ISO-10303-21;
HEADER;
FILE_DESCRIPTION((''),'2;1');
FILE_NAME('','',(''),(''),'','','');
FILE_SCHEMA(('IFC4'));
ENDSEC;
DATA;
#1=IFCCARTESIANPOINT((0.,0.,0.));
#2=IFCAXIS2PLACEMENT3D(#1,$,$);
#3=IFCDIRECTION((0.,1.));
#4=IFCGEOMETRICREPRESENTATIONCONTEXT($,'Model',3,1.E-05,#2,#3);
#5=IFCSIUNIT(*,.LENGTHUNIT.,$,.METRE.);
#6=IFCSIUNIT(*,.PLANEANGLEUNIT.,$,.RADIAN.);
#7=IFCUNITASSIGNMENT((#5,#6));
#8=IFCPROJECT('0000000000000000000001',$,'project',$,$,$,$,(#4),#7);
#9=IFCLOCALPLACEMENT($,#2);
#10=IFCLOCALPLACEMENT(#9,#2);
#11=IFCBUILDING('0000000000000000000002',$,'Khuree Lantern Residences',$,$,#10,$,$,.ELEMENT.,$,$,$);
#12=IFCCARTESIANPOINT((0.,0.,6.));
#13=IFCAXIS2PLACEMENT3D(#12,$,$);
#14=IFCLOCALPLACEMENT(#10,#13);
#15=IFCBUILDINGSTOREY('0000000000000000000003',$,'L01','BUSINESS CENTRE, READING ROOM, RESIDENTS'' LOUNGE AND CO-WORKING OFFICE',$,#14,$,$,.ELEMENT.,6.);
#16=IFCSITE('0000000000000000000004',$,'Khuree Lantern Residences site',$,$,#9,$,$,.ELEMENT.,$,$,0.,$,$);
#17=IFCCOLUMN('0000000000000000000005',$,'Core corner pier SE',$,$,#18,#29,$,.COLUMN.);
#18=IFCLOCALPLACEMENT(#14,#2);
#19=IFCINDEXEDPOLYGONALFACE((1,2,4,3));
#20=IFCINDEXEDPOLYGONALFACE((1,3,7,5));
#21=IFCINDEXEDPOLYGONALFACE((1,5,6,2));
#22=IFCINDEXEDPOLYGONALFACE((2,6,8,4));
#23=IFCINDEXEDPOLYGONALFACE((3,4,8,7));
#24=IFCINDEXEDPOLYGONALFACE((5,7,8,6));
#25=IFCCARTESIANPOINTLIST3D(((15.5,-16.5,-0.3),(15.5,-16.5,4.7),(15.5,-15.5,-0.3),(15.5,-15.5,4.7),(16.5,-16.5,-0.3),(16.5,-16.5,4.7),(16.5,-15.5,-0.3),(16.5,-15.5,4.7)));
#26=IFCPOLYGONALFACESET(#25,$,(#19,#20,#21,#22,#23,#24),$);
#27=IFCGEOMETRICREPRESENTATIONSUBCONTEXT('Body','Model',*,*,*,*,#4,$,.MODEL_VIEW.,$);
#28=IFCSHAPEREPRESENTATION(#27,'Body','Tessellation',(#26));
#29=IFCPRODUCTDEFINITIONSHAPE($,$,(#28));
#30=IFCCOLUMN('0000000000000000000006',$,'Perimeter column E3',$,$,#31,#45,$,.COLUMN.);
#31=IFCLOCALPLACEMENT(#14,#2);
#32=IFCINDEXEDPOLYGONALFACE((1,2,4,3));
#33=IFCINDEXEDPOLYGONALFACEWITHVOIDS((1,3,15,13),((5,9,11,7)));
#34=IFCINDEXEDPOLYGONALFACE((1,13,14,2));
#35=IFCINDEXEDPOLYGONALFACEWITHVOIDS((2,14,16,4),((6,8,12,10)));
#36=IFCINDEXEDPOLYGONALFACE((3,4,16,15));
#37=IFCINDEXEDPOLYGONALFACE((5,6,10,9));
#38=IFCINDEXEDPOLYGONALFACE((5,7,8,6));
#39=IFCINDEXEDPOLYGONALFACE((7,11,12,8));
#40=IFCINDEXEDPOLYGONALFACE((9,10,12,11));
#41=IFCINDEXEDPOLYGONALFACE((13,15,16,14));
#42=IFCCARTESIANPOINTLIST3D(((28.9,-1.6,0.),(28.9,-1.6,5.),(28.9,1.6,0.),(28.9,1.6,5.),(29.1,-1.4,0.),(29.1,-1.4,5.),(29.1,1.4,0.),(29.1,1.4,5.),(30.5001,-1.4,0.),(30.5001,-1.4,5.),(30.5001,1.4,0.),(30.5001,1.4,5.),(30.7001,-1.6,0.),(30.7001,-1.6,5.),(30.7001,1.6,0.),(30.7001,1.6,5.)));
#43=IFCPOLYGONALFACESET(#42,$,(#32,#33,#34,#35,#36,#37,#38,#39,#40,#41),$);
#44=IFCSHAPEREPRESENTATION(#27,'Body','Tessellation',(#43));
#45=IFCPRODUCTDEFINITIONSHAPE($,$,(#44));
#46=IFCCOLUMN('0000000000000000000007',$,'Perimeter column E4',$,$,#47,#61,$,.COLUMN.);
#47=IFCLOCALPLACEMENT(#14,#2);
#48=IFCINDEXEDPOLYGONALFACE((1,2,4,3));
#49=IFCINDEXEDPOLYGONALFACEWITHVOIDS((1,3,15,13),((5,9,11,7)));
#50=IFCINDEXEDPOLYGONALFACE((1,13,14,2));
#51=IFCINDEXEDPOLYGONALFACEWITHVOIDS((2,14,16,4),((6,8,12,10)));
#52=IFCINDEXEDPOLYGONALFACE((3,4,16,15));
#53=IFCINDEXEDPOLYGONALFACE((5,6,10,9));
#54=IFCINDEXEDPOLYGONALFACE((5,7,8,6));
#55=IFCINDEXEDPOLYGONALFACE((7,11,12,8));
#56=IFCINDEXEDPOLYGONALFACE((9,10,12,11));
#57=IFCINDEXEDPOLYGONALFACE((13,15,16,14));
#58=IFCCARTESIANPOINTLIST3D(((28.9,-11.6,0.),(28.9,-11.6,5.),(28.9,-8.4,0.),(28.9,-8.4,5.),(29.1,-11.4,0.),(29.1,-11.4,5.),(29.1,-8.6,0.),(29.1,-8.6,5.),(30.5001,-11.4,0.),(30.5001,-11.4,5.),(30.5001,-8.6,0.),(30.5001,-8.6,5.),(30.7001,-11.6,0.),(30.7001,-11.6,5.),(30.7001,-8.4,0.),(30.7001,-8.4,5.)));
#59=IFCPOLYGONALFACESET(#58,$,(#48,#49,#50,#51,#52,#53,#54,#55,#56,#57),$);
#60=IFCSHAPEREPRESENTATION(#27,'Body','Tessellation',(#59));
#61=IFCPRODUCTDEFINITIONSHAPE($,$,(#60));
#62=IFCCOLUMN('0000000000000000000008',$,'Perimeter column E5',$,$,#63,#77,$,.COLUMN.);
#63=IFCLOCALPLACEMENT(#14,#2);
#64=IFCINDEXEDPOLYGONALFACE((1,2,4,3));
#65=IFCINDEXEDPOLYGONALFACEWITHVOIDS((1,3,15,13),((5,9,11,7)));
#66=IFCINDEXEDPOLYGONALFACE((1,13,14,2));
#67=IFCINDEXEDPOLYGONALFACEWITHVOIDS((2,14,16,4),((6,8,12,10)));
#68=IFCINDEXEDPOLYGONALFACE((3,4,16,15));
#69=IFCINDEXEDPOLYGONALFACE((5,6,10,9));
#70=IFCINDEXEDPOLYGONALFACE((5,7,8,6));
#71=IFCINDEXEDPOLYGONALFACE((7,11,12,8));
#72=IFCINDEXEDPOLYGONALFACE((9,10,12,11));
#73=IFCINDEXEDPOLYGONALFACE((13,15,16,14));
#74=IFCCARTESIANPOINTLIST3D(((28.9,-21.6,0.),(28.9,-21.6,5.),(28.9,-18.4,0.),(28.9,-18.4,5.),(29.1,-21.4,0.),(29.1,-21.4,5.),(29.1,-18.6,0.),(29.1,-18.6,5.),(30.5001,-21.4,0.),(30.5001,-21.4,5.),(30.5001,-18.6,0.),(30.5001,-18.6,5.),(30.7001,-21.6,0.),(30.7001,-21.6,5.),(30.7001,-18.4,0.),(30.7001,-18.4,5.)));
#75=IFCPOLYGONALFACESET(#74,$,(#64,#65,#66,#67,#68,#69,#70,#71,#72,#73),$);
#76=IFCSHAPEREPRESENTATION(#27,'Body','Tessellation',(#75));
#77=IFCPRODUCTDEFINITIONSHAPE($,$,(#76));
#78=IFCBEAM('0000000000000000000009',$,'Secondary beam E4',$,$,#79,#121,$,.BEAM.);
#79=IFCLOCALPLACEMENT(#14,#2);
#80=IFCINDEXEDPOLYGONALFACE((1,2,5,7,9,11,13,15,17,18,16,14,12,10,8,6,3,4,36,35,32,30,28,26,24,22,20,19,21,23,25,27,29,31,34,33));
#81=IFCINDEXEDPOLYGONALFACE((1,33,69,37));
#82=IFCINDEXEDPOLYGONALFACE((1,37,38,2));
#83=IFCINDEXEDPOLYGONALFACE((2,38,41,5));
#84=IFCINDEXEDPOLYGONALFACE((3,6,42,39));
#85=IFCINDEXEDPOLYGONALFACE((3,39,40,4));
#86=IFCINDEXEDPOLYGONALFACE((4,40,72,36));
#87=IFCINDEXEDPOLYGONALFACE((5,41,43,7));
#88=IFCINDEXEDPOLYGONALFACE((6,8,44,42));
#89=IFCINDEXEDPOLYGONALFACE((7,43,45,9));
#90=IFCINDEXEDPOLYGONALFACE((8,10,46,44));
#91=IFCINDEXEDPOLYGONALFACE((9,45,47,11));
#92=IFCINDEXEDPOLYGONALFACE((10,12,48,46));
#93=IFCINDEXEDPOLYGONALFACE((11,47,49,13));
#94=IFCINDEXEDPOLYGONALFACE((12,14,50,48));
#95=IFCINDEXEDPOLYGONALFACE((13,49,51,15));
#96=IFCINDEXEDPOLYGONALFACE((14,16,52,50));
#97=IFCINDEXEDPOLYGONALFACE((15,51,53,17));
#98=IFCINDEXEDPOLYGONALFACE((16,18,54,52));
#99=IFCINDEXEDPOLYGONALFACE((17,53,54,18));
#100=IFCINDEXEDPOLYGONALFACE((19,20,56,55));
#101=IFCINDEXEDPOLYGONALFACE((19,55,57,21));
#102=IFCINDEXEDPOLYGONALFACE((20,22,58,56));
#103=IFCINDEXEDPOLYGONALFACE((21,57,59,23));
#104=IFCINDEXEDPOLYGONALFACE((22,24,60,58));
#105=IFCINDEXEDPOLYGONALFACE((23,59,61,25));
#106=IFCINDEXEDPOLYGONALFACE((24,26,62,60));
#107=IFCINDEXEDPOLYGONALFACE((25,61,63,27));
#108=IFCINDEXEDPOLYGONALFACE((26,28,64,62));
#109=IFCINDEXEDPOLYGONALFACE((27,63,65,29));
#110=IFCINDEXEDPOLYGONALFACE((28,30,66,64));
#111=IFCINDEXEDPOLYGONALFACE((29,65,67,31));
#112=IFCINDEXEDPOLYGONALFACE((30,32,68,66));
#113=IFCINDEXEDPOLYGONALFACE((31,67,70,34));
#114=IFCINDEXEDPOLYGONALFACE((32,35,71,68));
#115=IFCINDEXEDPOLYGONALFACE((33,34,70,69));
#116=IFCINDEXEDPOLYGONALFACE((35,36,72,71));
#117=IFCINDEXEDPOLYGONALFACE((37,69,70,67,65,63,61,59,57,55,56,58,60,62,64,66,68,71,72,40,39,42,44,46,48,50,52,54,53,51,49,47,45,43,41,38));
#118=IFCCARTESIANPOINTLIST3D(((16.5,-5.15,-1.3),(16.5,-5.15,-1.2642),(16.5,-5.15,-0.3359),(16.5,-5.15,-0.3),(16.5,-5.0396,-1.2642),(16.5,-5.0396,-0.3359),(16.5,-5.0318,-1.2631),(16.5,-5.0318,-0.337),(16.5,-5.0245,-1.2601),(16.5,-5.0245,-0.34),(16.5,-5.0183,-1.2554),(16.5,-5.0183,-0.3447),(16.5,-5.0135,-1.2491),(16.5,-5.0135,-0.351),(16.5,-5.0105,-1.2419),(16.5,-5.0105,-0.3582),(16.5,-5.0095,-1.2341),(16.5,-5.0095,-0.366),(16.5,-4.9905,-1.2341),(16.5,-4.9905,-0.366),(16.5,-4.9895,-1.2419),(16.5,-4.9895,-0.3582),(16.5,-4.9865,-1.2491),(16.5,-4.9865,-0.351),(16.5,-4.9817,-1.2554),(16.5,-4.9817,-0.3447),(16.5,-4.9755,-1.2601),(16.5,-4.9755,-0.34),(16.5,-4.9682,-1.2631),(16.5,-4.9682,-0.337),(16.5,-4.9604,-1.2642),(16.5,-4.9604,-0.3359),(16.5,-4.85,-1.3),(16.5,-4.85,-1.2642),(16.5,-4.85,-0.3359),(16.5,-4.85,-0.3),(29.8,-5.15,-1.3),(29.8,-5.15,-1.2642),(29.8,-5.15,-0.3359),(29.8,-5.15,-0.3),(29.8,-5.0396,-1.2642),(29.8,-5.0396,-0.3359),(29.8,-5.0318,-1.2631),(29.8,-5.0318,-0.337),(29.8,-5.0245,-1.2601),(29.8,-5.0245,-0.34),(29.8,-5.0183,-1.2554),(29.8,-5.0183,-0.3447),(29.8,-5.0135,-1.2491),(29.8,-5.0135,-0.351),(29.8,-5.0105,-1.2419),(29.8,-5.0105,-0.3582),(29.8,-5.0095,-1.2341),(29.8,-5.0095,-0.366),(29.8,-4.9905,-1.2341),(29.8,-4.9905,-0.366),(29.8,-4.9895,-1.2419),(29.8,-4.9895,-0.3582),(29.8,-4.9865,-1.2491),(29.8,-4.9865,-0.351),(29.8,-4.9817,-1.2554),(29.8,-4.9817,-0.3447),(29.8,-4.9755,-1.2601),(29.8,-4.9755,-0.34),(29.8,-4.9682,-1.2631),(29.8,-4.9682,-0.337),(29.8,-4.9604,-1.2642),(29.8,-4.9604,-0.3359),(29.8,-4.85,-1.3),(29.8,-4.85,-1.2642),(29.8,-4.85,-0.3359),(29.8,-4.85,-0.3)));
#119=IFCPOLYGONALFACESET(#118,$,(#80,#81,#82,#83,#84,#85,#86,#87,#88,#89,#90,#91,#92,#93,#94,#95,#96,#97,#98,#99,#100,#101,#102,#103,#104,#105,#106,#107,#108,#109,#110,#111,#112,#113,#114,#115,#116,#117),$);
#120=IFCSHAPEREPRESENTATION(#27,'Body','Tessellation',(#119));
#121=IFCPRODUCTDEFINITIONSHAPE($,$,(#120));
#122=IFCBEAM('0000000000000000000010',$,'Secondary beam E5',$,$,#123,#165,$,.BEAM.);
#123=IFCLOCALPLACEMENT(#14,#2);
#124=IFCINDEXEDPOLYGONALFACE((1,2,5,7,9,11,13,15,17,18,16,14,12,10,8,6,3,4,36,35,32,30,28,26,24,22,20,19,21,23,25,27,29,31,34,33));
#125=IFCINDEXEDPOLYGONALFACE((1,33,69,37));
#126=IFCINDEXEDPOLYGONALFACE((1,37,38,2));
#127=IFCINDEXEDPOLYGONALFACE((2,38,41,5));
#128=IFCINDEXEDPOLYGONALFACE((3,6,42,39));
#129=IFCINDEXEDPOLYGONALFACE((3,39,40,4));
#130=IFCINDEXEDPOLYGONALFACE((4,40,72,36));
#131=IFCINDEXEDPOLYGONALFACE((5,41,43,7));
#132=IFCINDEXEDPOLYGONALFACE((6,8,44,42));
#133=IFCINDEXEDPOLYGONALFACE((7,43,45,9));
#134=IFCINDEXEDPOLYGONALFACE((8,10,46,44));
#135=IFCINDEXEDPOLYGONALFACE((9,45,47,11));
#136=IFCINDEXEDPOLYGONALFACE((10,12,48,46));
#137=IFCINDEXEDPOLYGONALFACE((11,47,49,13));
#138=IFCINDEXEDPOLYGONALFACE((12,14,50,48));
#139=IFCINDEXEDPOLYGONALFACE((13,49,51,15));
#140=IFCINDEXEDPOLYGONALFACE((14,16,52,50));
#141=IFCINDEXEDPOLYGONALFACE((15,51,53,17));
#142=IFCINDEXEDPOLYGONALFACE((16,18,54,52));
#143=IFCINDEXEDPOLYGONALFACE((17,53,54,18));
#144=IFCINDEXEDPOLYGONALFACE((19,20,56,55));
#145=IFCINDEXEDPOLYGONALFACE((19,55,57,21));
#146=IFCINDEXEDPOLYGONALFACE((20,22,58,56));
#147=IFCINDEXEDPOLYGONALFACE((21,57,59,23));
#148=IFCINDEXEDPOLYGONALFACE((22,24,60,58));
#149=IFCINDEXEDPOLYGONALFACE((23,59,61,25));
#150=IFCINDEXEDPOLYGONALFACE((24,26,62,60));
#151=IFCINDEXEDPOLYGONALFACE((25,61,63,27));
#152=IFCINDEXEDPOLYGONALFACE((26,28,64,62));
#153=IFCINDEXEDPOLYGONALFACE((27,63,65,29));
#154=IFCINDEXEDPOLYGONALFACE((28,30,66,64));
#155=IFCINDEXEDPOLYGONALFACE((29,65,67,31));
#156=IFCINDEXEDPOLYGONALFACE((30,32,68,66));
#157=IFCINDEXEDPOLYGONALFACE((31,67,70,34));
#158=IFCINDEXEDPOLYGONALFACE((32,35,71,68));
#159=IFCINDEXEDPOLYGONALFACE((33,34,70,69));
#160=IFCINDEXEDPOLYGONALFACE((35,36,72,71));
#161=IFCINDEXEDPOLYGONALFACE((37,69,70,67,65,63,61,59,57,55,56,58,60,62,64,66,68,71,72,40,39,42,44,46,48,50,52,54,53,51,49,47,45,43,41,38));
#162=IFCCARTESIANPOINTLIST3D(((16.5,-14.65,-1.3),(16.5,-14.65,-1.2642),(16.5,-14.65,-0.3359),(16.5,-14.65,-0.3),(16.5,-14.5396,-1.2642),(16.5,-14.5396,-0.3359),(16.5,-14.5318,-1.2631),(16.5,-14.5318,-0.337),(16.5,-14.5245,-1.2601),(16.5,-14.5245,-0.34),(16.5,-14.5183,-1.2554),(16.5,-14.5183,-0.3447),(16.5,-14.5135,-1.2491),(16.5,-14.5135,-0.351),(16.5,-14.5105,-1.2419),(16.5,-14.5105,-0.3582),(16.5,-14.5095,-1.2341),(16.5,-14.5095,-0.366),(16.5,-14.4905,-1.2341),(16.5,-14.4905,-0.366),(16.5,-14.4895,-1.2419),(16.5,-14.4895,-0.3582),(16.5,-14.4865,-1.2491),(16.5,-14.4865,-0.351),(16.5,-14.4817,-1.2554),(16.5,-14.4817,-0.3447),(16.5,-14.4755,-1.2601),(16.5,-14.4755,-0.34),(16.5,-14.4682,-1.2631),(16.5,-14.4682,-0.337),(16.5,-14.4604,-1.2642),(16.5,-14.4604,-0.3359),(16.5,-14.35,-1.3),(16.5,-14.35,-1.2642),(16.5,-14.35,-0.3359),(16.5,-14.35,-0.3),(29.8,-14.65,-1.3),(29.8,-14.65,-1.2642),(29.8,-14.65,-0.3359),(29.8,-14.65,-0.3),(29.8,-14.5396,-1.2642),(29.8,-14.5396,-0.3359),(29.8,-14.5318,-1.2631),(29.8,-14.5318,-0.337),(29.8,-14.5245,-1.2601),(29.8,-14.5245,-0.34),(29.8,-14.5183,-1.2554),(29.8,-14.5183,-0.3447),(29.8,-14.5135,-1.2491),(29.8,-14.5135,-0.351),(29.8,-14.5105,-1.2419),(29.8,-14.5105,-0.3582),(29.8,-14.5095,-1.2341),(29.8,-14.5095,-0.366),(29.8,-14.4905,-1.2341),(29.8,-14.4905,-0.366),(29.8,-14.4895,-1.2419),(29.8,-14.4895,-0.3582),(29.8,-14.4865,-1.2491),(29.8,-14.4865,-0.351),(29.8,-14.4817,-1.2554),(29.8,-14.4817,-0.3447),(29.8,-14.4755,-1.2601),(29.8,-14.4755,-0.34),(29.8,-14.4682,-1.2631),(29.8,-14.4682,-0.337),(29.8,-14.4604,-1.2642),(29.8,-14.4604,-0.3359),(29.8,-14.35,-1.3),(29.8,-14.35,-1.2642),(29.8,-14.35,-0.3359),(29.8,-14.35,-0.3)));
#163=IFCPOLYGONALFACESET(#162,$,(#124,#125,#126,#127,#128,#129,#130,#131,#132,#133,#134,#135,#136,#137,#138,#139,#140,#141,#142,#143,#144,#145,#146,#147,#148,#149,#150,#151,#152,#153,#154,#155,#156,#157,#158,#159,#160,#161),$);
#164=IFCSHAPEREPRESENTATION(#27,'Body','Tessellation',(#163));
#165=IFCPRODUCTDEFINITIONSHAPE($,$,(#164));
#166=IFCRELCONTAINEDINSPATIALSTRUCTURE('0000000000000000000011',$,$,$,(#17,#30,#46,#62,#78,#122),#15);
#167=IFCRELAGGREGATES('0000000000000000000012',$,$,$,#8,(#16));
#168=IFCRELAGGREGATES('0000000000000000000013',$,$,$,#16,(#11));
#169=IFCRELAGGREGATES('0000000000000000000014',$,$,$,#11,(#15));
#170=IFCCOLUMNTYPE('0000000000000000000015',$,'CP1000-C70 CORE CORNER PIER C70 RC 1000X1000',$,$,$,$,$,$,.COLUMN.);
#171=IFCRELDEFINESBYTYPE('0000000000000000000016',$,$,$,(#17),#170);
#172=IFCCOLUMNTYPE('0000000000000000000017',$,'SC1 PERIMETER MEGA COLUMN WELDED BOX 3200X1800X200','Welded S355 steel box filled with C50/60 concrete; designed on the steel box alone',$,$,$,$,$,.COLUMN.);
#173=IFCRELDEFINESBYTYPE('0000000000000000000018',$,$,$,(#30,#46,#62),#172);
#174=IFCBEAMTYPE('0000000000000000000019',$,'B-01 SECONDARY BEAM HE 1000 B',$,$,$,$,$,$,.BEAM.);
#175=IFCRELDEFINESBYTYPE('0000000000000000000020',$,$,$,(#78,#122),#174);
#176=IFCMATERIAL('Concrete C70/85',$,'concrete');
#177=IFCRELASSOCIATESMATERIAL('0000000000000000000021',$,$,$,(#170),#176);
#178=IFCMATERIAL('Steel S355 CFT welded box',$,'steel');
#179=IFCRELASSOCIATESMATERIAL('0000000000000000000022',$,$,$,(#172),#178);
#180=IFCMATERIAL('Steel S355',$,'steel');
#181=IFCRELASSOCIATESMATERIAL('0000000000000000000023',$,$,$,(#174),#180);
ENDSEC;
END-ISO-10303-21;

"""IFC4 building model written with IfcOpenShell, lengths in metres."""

from ifc_helpers import new_model, si_unit, direction, frame, origin, origin_2d, place, context, subcontext, project, spatial, rectangle, hollow_rectangle, i_section, extrude, material, material_profile, profile_set, type_object, element, save


model = new_model("IFC4")

# Units and contexts
model_context = context("Model", 3, precision=1e-05, world=origin(), true_north=direction((0.0, 1.0)))
body_context = subcontext(model_context, "Body", "Model", "MODEL_VIEW")
ifc_project = project(units=[si_unit("LENGTHUNIT", "METRE"), si_unit("PLANEANGLEUNIT", "RADIAN")], contexts=[model_context])

# Site, building, storey
site_placement = place(None, origin())
site = spatial("IfcSite", under=ifc_project, at=site_placement, Name="Khuree Lantern Residences site", CompositionType="ELEMENT", RefElevation=0.0)
building_placement = place(site_placement, origin())
building = spatial("IfcBuilding", under=site, at=building_placement, Name="Khuree Lantern Residences", CompositionType="ELEMENT")
storey_placement = place(building_placement, frame((0.0, 0.0, 6.0)))
storey = spatial("IfcBuildingStorey", under=building, at=storey_placement, Name="L01", Description="BUSINESS CENTRE, READING ROOM, RESIDENTS' LOUNGE AND CO-WORKING OFFICE", CompositionType="ELEMENT", Elevation=6.0)

# Columns
ifc_material_1 = material(Name="Concrete C70/85", Category="concrete")
ifc_material_profile_1 = material_profile(ifc_material_1, rectangle(XDim=1.0, YDim=1.0, at=origin_2d()), Name="RC 1000X1000")
ifc_profile_set_1 = profile_set([ifc_material_profile_1], Name="Concrete C70/85")
column_type_1 = type_object("IfcColumnType", Name="CP1000-C70 CORE CORNER PIER C70 RC 1000X1000", PredefinedType="COLUMN", material=ifc_profile_set_1)
column_placement = place(storey_placement, frame((16.0, -16.0, -0.3), z_axis=(0.0, 0.0, 1.0), x_axis=(1.0, 0.0, 0.0)))
element("IfcColumn", 1, at=column_placement, inside=storey, type_object=column_type_1, Name="Core corner pier SE", PredefinedType="COLUMN", context=body_context, shape_type="SweptSolid", body=[
    extrude(rectangle(XDim=1.0, YDim=1.0, at=origin_2d()), origin(), (0.0, 0.0, 1.0), 5.0),
])
ifc_material_2 = material(Name="Steel S355 CFT welded box", Category="steel")
ifc_material_profile_2 = material_profile(ifc_material_2, hollow_rectangle(XDim=3.2, YDim=1.8, WallThickness=0.2, at=origin_2d()), Name="WELDED BOX 3200X1800X200")
ifc_profile_set_2 = profile_set([ifc_material_profile_2], Name="Steel S355 CFT welded box")
column_type_2 = type_object("IfcColumnType", Name="SC1 PERIMETER MEGA COLUMN WELDED BOX 3200X1800X200", Description="Welded S355 steel box filled with C50/60 concrete; designed on the steel box alone", PredefinedType="COLUMN", material=ifc_profile_set_2)
for number, where, z_axis, x_axis, name in (
    (2, (29.8, 0.0, 0.0), (0.0, 0.0, 1.0), (0.0, 1.0, 0.0), "Perimeter column E3"),
    (3, (29.8, -10.0, 0.0), (0.0, 0.0, 1.0), (0.0, 1.0, 0.0), "Perimeter column E4"),
    (4, (29.8, -20.0, 0.0), (0.0, 0.0, 1.0), (0.0, 1.0, 0.0), "Perimeter column E5"),
):
    element("IfcColumn", number, at=place(storey_placement, frame(where, z_axis=z_axis, x_axis=x_axis)), inside=storey, type_object=column_type_2, Name=name, PredefinedType="COLUMN", context=body_context, shape_type="SweptSolid", body=[
        extrude(hollow_rectangle(XDim=3.2, YDim=1.8, WallThickness=0.2, at=origin_2d()), origin(), (0.0, 0.0, 1.0), 5.0),
    ])

# Beams
ifc_material_3 = material(Name="Steel S355", Category="steel")
ifc_material_profile_3 = material_profile(ifc_material_3, i_section(OverallWidth=0.3, OverallDepth=1.0, WebThickness=0.019, FlangeThickness=0.0359, FilletRadius=0.03, at=origin_2d()), Name="HE 1000 B")
ifc_profile_set_3 = profile_set([ifc_material_profile_3], Name="Steel S355")
beam_type_1 = type_object("IfcBeamType", Name="B-01 SECONDARY BEAM HE 1000 B", PredefinedType="BEAM", material=ifc_profile_set_3)
for number, where, z_axis, x_axis, name in (
    (5, (29.8, -5.0, -0.8), (-1.0, 0.0, 0.0), (0.0, -1.0, 0.0), "Secondary beam E4"),
    (6, (29.8, -14.5, -0.8), (-1.0, 0.0, 0.0), (0.0, -1.0, 0.0), "Secondary beam E5"),
):
    element("IfcBeam", number, at=place(storey_placement, frame(where, z_axis=z_axis, x_axis=x_axis)), inside=storey, type_object=beam_type_1, Name=name, PredefinedType="BEAM", context=body_context, shape_type="SweptSolid", body=[
        extrude(i_section(OverallWidth=0.3, OverallDepth=1.0, WebThickness=0.019, FlangeThickness=0.0359, FilletRadius=0.03, at=origin_2d()), origin(), (0.0, 0.0, 1.0), 13.3),
    ])

save(model, "model.ifc")
